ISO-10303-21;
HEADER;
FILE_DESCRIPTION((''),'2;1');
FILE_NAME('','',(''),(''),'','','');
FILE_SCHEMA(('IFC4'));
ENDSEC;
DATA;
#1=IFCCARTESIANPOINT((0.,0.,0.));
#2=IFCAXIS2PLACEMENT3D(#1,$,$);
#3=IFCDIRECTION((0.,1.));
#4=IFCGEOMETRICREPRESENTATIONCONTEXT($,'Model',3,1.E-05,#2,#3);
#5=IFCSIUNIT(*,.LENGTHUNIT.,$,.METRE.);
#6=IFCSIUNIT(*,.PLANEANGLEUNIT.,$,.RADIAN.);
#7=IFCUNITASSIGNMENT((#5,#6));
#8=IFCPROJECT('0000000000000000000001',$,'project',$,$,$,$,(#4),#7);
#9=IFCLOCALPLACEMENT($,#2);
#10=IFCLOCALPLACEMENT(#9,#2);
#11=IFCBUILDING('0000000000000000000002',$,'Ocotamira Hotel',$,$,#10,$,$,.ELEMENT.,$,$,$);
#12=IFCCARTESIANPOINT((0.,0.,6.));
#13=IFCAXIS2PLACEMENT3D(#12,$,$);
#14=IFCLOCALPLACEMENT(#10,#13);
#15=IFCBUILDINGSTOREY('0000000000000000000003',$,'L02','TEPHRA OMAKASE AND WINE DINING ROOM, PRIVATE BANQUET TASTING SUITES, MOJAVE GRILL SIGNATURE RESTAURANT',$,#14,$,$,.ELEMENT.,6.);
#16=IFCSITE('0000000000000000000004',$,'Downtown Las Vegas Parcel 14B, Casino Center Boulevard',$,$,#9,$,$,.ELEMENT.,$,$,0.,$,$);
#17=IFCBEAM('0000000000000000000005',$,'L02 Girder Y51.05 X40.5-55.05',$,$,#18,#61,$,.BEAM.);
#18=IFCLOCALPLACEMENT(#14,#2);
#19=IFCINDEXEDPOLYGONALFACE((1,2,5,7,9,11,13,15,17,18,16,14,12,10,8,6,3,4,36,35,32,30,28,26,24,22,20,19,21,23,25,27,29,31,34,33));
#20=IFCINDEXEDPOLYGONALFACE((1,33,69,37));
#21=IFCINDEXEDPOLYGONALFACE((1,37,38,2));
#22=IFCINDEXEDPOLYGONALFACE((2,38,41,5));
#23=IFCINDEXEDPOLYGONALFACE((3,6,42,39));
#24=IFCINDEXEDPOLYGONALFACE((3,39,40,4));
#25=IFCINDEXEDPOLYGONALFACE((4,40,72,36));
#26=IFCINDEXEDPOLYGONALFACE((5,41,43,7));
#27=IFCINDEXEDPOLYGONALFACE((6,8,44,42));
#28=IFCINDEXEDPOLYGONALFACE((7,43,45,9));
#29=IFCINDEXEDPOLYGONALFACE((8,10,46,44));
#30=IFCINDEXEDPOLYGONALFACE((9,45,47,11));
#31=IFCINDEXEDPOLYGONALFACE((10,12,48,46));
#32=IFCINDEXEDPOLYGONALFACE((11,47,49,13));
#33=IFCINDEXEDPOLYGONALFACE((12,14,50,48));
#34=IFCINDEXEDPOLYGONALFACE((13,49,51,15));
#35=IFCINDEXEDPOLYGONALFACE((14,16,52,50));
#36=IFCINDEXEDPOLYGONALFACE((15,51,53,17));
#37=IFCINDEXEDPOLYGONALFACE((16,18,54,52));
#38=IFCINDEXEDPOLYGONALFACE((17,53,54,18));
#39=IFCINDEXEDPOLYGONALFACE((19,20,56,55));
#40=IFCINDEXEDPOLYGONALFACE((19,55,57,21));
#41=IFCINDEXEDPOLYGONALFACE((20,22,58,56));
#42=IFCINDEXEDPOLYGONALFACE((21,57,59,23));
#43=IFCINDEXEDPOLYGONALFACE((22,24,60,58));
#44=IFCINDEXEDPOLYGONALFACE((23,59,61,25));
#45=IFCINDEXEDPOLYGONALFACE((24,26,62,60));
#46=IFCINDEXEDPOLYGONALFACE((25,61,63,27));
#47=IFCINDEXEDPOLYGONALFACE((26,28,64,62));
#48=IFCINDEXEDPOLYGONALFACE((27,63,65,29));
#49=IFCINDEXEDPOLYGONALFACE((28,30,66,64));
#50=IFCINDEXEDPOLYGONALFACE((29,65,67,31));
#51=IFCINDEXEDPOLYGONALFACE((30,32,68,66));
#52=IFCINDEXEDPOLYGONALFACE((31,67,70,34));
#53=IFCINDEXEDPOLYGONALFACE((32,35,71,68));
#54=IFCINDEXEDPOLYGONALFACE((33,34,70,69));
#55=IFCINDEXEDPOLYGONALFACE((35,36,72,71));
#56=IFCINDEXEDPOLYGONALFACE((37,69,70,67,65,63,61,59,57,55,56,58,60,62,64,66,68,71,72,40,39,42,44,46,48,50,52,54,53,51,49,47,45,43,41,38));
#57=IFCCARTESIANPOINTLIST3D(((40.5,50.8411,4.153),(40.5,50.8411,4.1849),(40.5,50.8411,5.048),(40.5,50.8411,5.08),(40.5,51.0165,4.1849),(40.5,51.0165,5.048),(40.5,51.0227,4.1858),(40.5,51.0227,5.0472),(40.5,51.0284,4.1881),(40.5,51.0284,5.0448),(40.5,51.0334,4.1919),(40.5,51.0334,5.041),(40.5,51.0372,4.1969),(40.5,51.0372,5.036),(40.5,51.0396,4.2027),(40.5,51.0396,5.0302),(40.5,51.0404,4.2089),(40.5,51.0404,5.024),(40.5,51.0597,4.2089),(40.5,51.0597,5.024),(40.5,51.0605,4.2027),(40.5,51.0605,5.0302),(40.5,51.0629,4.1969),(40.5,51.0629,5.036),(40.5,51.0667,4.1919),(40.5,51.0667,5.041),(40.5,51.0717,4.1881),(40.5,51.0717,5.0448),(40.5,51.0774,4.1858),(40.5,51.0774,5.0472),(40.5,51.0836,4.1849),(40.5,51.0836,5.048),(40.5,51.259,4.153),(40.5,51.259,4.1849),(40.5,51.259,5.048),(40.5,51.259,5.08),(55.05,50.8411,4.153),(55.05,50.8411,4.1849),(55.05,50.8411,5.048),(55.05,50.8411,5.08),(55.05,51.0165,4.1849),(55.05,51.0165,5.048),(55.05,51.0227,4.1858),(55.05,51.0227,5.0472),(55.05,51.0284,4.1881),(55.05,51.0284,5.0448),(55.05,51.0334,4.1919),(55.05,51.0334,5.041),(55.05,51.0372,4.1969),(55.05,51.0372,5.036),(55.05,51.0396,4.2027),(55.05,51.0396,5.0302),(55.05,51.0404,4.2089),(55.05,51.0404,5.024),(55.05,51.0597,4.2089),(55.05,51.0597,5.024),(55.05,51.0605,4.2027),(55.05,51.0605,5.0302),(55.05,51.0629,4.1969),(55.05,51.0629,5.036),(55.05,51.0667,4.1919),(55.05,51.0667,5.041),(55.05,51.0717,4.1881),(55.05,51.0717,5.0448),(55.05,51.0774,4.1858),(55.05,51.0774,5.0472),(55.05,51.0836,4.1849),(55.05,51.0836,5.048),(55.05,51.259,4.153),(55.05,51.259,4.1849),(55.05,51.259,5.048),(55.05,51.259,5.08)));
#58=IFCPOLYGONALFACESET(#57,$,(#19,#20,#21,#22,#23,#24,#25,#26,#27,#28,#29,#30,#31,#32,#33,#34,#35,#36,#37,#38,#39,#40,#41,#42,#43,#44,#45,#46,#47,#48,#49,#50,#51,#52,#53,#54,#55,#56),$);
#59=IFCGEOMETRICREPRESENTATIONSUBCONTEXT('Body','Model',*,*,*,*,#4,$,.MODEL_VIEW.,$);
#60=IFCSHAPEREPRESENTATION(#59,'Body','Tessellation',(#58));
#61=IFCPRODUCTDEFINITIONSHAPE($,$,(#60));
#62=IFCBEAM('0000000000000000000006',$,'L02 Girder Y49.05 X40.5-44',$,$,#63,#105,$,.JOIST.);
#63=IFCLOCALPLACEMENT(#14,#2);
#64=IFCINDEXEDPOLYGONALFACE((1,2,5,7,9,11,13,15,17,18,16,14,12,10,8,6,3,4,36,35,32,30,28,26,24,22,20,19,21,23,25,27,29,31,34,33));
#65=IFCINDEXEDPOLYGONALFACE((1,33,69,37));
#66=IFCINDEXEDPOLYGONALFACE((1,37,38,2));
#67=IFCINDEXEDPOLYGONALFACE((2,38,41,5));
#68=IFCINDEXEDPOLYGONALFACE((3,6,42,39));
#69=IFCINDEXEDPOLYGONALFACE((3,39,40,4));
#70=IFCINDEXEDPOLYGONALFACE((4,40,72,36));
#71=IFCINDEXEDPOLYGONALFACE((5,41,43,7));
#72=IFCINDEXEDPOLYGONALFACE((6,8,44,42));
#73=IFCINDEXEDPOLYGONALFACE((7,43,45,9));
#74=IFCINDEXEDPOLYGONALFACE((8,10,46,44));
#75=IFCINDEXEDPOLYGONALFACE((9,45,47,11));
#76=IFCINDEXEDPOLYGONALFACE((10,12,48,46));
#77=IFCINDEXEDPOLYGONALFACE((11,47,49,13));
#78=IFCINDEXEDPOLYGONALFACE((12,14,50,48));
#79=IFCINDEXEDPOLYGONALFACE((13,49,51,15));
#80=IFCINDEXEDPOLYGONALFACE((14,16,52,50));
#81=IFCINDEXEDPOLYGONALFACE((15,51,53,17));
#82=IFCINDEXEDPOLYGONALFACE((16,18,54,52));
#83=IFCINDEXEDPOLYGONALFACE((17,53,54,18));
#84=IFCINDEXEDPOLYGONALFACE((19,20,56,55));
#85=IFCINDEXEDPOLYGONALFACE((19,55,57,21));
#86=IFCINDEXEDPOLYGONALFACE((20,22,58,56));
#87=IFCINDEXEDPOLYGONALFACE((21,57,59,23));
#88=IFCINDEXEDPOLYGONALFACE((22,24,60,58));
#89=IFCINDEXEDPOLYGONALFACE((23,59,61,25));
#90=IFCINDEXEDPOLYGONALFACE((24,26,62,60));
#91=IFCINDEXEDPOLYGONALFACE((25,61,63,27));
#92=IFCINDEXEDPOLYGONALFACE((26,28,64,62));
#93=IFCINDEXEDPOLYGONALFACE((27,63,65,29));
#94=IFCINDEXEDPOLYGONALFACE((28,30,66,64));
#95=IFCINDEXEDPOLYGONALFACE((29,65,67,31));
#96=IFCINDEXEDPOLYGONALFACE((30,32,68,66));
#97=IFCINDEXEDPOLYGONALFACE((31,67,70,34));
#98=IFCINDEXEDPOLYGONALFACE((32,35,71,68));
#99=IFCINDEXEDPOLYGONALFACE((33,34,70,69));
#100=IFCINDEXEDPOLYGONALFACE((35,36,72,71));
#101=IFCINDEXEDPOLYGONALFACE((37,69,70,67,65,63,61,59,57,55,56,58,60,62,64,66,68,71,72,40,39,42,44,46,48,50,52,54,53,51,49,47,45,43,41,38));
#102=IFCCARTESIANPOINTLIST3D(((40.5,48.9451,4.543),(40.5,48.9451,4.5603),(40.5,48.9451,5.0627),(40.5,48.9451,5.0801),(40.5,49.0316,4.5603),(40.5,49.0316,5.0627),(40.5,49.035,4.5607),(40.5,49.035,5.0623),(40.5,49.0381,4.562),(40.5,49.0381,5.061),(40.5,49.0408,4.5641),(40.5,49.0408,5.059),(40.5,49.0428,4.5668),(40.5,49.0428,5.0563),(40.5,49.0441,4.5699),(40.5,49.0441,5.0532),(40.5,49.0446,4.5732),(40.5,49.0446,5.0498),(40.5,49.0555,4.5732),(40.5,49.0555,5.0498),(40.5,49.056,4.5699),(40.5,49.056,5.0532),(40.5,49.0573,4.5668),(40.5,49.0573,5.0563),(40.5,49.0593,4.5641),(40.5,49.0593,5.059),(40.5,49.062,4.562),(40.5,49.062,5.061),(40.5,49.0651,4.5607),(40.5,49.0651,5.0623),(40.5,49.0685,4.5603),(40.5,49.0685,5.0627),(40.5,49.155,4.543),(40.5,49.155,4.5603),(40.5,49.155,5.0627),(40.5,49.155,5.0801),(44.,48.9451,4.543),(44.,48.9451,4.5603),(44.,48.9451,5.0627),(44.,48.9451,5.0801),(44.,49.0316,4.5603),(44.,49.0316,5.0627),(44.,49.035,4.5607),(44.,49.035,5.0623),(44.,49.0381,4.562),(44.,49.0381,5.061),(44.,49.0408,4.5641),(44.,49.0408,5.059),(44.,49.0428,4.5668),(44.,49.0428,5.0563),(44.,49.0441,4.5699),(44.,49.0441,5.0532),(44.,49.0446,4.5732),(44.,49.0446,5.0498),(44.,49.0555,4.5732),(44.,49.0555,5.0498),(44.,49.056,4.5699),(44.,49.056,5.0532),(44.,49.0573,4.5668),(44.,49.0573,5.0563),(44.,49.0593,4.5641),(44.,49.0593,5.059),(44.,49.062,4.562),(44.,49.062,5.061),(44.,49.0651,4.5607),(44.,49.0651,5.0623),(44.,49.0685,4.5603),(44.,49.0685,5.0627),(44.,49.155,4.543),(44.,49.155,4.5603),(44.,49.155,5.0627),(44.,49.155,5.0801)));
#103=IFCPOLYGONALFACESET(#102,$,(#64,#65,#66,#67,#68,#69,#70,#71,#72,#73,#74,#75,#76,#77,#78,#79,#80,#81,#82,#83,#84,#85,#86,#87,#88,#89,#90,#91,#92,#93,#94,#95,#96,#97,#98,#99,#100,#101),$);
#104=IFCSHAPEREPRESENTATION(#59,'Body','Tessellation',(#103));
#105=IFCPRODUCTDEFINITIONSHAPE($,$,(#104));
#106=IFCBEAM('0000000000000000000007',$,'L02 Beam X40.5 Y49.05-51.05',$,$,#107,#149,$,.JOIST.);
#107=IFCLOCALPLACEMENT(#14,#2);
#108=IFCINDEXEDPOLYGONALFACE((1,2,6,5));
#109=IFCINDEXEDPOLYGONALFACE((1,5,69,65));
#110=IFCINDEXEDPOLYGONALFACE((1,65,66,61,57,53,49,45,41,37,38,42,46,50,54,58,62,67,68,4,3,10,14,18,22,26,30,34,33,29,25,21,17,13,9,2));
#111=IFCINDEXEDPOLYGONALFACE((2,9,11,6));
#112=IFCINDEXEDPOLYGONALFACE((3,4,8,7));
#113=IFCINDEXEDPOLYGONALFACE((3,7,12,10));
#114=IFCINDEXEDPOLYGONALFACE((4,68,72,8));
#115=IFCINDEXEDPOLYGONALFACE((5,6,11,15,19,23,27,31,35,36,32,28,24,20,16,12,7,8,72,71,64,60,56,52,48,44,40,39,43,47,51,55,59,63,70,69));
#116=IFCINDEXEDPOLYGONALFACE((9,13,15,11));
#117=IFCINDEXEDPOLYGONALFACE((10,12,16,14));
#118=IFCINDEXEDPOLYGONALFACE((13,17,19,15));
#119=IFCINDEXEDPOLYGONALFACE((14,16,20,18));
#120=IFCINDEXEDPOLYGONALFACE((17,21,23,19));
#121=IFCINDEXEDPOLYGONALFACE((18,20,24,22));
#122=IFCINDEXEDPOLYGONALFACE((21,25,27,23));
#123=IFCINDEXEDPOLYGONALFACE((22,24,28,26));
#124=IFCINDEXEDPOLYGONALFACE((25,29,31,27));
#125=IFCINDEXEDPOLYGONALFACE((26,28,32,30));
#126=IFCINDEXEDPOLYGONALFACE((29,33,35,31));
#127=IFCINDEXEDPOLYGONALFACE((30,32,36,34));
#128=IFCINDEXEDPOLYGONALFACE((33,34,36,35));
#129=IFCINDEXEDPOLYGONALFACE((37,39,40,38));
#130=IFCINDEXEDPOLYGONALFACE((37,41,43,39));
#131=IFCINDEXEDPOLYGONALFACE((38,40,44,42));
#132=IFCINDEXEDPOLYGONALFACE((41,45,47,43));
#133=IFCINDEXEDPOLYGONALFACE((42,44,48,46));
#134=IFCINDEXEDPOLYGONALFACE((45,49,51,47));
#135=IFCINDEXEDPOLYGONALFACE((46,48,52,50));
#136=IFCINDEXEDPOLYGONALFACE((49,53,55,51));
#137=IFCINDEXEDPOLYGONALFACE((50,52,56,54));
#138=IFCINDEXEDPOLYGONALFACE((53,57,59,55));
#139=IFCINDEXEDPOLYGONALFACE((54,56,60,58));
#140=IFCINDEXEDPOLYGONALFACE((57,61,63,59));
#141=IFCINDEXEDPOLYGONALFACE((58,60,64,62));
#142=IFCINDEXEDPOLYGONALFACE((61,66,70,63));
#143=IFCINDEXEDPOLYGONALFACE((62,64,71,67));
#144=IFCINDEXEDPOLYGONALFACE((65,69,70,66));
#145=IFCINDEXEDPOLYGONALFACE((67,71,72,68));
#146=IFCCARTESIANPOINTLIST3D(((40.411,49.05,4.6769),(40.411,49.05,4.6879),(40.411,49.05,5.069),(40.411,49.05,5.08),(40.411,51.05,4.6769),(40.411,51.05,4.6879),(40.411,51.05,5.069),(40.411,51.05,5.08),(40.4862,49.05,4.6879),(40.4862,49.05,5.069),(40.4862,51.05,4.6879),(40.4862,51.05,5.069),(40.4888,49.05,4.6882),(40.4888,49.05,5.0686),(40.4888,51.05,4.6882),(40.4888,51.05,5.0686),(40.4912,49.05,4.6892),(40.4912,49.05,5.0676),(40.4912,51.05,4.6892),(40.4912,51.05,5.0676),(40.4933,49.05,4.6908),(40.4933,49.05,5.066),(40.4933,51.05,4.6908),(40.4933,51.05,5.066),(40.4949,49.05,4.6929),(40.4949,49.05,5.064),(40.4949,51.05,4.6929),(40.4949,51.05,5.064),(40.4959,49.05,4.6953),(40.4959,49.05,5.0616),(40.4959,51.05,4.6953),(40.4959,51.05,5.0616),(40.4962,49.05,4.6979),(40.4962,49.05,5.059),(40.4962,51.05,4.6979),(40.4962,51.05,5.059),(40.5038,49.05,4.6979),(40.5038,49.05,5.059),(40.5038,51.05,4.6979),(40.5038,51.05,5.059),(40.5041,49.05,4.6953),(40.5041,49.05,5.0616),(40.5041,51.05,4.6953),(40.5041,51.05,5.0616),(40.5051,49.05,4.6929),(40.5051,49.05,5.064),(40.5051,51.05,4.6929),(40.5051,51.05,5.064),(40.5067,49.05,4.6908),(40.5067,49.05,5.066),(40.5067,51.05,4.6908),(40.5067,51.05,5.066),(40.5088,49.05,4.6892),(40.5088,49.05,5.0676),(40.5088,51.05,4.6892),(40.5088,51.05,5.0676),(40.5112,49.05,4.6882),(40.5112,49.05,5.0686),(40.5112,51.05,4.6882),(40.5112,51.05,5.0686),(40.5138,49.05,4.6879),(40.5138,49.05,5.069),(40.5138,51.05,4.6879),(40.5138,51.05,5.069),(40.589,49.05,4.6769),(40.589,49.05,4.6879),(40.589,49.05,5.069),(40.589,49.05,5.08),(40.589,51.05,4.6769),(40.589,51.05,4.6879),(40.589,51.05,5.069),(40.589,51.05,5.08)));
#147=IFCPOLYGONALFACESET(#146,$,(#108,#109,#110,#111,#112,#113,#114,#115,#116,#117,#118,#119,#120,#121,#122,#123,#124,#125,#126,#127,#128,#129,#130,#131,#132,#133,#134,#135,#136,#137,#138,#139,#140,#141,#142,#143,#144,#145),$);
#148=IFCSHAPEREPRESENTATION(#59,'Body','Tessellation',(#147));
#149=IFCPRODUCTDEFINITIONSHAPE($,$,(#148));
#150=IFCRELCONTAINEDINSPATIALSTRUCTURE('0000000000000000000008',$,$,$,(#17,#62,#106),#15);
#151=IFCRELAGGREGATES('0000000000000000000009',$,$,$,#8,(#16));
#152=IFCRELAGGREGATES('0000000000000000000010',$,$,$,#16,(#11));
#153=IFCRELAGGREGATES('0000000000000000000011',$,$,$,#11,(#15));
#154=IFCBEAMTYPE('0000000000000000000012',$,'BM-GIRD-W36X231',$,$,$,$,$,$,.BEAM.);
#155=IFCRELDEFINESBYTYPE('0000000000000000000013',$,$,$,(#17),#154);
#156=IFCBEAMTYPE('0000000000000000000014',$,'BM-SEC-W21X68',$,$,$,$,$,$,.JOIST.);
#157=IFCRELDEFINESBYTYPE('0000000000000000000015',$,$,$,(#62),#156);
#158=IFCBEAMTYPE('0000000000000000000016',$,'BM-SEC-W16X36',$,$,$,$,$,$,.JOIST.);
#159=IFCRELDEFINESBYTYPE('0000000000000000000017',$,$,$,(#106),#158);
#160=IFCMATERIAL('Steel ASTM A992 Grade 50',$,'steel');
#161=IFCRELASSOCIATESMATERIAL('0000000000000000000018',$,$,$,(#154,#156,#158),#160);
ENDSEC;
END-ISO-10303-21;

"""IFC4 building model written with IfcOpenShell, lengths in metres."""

from ifc_helpers import new_model, si_unit, direction, frame, origin, origin_2d, place, context, subcontext, project, spatial, i_section, extrude, source, transform, mapped, material, material_profile, profile_set, type_object, element, save


model = new_model("IFC4")

# Units and contexts
model_context = context("Model", 3, precision=1e-05, world=origin(), true_north=direction((0.0, 1.0)))
body_context = subcontext(model_context, "Body", "Model", "MODEL_VIEW")
ifc_project = project(units=[si_unit("LENGTHUNIT", "METRE"), si_unit("PLANEANGLEUNIT", "RADIAN")], contexts=[model_context])

# Site, building, storey
site_placement = place(None, origin())
site = spatial("IfcSite", under=ifc_project, at=site_placement, Name="Downtown Las Vegas Parcel 14B, Casino Center Boulevard", CompositionType="ELEMENT", RefElevation=0.0)
building_placement = place(site_placement, origin())
building = spatial("IfcBuilding", under=site, at=building_placement, Name="Ocotamira Hotel", CompositionType="ELEMENT")
storey_placement = place(building_placement, frame((0.0, 0.0, 6.0)))
storey = spatial("IfcBuildingStorey", under=building, at=storey_placement, Name="L02", Description="TEPHRA OMAKASE AND WINE DINING ROOM, PRIVATE BANQUET TASTING SUITES, MOJAVE GRILL SIGNATURE RESTAURANT", CompositionType="ELEMENT", Elevation=6.0)

# Beams
ifc_material_1 = material(Name="Steel ASTM A992 Grade 50", Category="steel")
ifc_material_profile_1 = material_profile(ifc_material_1, i_section(OverallWidth=0.418, OverallDepth=0.927, WebThickness=0.0193, FlangeThickness=0.032, FilletRadius=0.0239, at=origin_2d()), Name="W36X231")
ifc_profile_set_1 = profile_set([ifc_material_profile_1], Name="Steel ASTM A992 Grade 50")
beam_type_1 = type_object("IfcBeamType", Name="BM-GIRD-W36X231", PredefinedType="BEAM", material=ifc_profile_set_1)
shared_shape_1 = source(origin(), body_context, "Body", "SweptSolid", [
    extrude(i_section(OverallWidth=0.418, OverallDepth=0.927, WebThickness=0.0193, FlangeThickness=0.032, FilletRadius=0.0239, at=origin_2d()), origin(), (0.0, 0.0, 1.0), 14.55),
])
for number, where, z_axis, x_axis, name in (
    (1, (40.5, 51.05, 4.6165), (1.0, 0.0, 0.0), (0.0, 1.0, 0.0), "L02 Girder Y51.05 X40.5-55.05"),
):
    element("IfcBeam", number, at=place(storey_placement, frame(where, z_axis=z_axis, x_axis=x_axis)), inside=storey, type_object=beam_type_1, Name=name, PredefinedType="BEAM", context=body_context, shape_type="MappedRepresentation", body=[
        mapped(shared_shape_1, transform((0.0, 0.0, 0.0), scale=1.0)),
    ])
ifc_material_profile_2 = material_profile(ifc_material_1, i_section(OverallWidth=0.21, OverallDepth=0.5371, WebThickness=0.011, FlangeThickness=0.0173, FilletRadius=0.0129, at=origin_2d()), Name="W21X68")
ifc_profile_set_2 = profile_set([ifc_material_profile_2], Name="Steel ASTM A992 Grade 50")
beam_type_2 = type_object("IfcBeamType", Name="BM-SEC-W21X68", PredefinedType="JOIST", material=ifc_profile_set_2)
shared_shape_2 = source(origin(), body_context, "Body", "SweptSolid", [
    extrude(i_section(OverallWidth=0.21, OverallDepth=0.5371, WebThickness=0.011, FlangeThickness=0.0173, FilletRadius=0.0129, at=origin_2d()), origin(), (0.0, 0.0, 1.0), 3.5),
])
beam_1_placement = place(storey_placement, frame((40.5, 49.05, 4.8115), z_axis=(1.0, 0.0, 0.0), x_axis=(0.0, 1.0, 0.0)))
element("IfcBeam", 2, at=beam_1_placement, inside=storey, type_object=beam_type_2, Name="L02 Girder Y49.05 X40.5-44", PredefinedType="JOIST", context=body_context, shape_type="MappedRepresentation", body=[
    mapped(shared_shape_2, transform((0.0, 0.0, 0.0), scale=1.0)),
])
ifc_material_profile_3 = material_profile(ifc_material_1, i_section(OverallWidth=0.178, OverallDepth=0.4031, WebThickness=0.0076, FlangeThickness=0.011, FilletRadius=0.01, at=origin_2d()), Name="W16X36")
ifc_profile_set_3 = profile_set([ifc_material_profile_3], Name="Steel ASTM A992 Grade 50")
beam_type_3 = type_object("IfcBeamType", Name="BM-SEC-W16X36", PredefinedType="JOIST", material=ifc_profile_set_3)
shared_shape_3 = source(origin(), body_context, "Body", "SweptSolid", [
    extrude(i_section(OverallWidth=0.178, OverallDepth=0.4031, WebThickness=0.0076, FlangeThickness=0.011, FilletRadius=0.01, at=origin_2d()), origin(), (0.0, 0.0, 1.0), 2.0),
])
beam_2_placement = place(storey_placement, frame((40.5, 49.05, 4.8784), z_axis=(0.0, 1.0, 0.0), x_axis=(-1.0, 0.0, 0.0)))
element("IfcBeam", 3, at=beam_2_placement, inside=storey, type_object=beam_type_3, Name="L02 Beam X40.5 Y49.05-51.05", PredefinedType="JOIST", context=body_context, shape_type="MappedRepresentation", body=[
    mapped(shared_shape_3, transform((0.0, 0.0, 0.0), scale=1.0)),
])

save(model, "model.ifc")
